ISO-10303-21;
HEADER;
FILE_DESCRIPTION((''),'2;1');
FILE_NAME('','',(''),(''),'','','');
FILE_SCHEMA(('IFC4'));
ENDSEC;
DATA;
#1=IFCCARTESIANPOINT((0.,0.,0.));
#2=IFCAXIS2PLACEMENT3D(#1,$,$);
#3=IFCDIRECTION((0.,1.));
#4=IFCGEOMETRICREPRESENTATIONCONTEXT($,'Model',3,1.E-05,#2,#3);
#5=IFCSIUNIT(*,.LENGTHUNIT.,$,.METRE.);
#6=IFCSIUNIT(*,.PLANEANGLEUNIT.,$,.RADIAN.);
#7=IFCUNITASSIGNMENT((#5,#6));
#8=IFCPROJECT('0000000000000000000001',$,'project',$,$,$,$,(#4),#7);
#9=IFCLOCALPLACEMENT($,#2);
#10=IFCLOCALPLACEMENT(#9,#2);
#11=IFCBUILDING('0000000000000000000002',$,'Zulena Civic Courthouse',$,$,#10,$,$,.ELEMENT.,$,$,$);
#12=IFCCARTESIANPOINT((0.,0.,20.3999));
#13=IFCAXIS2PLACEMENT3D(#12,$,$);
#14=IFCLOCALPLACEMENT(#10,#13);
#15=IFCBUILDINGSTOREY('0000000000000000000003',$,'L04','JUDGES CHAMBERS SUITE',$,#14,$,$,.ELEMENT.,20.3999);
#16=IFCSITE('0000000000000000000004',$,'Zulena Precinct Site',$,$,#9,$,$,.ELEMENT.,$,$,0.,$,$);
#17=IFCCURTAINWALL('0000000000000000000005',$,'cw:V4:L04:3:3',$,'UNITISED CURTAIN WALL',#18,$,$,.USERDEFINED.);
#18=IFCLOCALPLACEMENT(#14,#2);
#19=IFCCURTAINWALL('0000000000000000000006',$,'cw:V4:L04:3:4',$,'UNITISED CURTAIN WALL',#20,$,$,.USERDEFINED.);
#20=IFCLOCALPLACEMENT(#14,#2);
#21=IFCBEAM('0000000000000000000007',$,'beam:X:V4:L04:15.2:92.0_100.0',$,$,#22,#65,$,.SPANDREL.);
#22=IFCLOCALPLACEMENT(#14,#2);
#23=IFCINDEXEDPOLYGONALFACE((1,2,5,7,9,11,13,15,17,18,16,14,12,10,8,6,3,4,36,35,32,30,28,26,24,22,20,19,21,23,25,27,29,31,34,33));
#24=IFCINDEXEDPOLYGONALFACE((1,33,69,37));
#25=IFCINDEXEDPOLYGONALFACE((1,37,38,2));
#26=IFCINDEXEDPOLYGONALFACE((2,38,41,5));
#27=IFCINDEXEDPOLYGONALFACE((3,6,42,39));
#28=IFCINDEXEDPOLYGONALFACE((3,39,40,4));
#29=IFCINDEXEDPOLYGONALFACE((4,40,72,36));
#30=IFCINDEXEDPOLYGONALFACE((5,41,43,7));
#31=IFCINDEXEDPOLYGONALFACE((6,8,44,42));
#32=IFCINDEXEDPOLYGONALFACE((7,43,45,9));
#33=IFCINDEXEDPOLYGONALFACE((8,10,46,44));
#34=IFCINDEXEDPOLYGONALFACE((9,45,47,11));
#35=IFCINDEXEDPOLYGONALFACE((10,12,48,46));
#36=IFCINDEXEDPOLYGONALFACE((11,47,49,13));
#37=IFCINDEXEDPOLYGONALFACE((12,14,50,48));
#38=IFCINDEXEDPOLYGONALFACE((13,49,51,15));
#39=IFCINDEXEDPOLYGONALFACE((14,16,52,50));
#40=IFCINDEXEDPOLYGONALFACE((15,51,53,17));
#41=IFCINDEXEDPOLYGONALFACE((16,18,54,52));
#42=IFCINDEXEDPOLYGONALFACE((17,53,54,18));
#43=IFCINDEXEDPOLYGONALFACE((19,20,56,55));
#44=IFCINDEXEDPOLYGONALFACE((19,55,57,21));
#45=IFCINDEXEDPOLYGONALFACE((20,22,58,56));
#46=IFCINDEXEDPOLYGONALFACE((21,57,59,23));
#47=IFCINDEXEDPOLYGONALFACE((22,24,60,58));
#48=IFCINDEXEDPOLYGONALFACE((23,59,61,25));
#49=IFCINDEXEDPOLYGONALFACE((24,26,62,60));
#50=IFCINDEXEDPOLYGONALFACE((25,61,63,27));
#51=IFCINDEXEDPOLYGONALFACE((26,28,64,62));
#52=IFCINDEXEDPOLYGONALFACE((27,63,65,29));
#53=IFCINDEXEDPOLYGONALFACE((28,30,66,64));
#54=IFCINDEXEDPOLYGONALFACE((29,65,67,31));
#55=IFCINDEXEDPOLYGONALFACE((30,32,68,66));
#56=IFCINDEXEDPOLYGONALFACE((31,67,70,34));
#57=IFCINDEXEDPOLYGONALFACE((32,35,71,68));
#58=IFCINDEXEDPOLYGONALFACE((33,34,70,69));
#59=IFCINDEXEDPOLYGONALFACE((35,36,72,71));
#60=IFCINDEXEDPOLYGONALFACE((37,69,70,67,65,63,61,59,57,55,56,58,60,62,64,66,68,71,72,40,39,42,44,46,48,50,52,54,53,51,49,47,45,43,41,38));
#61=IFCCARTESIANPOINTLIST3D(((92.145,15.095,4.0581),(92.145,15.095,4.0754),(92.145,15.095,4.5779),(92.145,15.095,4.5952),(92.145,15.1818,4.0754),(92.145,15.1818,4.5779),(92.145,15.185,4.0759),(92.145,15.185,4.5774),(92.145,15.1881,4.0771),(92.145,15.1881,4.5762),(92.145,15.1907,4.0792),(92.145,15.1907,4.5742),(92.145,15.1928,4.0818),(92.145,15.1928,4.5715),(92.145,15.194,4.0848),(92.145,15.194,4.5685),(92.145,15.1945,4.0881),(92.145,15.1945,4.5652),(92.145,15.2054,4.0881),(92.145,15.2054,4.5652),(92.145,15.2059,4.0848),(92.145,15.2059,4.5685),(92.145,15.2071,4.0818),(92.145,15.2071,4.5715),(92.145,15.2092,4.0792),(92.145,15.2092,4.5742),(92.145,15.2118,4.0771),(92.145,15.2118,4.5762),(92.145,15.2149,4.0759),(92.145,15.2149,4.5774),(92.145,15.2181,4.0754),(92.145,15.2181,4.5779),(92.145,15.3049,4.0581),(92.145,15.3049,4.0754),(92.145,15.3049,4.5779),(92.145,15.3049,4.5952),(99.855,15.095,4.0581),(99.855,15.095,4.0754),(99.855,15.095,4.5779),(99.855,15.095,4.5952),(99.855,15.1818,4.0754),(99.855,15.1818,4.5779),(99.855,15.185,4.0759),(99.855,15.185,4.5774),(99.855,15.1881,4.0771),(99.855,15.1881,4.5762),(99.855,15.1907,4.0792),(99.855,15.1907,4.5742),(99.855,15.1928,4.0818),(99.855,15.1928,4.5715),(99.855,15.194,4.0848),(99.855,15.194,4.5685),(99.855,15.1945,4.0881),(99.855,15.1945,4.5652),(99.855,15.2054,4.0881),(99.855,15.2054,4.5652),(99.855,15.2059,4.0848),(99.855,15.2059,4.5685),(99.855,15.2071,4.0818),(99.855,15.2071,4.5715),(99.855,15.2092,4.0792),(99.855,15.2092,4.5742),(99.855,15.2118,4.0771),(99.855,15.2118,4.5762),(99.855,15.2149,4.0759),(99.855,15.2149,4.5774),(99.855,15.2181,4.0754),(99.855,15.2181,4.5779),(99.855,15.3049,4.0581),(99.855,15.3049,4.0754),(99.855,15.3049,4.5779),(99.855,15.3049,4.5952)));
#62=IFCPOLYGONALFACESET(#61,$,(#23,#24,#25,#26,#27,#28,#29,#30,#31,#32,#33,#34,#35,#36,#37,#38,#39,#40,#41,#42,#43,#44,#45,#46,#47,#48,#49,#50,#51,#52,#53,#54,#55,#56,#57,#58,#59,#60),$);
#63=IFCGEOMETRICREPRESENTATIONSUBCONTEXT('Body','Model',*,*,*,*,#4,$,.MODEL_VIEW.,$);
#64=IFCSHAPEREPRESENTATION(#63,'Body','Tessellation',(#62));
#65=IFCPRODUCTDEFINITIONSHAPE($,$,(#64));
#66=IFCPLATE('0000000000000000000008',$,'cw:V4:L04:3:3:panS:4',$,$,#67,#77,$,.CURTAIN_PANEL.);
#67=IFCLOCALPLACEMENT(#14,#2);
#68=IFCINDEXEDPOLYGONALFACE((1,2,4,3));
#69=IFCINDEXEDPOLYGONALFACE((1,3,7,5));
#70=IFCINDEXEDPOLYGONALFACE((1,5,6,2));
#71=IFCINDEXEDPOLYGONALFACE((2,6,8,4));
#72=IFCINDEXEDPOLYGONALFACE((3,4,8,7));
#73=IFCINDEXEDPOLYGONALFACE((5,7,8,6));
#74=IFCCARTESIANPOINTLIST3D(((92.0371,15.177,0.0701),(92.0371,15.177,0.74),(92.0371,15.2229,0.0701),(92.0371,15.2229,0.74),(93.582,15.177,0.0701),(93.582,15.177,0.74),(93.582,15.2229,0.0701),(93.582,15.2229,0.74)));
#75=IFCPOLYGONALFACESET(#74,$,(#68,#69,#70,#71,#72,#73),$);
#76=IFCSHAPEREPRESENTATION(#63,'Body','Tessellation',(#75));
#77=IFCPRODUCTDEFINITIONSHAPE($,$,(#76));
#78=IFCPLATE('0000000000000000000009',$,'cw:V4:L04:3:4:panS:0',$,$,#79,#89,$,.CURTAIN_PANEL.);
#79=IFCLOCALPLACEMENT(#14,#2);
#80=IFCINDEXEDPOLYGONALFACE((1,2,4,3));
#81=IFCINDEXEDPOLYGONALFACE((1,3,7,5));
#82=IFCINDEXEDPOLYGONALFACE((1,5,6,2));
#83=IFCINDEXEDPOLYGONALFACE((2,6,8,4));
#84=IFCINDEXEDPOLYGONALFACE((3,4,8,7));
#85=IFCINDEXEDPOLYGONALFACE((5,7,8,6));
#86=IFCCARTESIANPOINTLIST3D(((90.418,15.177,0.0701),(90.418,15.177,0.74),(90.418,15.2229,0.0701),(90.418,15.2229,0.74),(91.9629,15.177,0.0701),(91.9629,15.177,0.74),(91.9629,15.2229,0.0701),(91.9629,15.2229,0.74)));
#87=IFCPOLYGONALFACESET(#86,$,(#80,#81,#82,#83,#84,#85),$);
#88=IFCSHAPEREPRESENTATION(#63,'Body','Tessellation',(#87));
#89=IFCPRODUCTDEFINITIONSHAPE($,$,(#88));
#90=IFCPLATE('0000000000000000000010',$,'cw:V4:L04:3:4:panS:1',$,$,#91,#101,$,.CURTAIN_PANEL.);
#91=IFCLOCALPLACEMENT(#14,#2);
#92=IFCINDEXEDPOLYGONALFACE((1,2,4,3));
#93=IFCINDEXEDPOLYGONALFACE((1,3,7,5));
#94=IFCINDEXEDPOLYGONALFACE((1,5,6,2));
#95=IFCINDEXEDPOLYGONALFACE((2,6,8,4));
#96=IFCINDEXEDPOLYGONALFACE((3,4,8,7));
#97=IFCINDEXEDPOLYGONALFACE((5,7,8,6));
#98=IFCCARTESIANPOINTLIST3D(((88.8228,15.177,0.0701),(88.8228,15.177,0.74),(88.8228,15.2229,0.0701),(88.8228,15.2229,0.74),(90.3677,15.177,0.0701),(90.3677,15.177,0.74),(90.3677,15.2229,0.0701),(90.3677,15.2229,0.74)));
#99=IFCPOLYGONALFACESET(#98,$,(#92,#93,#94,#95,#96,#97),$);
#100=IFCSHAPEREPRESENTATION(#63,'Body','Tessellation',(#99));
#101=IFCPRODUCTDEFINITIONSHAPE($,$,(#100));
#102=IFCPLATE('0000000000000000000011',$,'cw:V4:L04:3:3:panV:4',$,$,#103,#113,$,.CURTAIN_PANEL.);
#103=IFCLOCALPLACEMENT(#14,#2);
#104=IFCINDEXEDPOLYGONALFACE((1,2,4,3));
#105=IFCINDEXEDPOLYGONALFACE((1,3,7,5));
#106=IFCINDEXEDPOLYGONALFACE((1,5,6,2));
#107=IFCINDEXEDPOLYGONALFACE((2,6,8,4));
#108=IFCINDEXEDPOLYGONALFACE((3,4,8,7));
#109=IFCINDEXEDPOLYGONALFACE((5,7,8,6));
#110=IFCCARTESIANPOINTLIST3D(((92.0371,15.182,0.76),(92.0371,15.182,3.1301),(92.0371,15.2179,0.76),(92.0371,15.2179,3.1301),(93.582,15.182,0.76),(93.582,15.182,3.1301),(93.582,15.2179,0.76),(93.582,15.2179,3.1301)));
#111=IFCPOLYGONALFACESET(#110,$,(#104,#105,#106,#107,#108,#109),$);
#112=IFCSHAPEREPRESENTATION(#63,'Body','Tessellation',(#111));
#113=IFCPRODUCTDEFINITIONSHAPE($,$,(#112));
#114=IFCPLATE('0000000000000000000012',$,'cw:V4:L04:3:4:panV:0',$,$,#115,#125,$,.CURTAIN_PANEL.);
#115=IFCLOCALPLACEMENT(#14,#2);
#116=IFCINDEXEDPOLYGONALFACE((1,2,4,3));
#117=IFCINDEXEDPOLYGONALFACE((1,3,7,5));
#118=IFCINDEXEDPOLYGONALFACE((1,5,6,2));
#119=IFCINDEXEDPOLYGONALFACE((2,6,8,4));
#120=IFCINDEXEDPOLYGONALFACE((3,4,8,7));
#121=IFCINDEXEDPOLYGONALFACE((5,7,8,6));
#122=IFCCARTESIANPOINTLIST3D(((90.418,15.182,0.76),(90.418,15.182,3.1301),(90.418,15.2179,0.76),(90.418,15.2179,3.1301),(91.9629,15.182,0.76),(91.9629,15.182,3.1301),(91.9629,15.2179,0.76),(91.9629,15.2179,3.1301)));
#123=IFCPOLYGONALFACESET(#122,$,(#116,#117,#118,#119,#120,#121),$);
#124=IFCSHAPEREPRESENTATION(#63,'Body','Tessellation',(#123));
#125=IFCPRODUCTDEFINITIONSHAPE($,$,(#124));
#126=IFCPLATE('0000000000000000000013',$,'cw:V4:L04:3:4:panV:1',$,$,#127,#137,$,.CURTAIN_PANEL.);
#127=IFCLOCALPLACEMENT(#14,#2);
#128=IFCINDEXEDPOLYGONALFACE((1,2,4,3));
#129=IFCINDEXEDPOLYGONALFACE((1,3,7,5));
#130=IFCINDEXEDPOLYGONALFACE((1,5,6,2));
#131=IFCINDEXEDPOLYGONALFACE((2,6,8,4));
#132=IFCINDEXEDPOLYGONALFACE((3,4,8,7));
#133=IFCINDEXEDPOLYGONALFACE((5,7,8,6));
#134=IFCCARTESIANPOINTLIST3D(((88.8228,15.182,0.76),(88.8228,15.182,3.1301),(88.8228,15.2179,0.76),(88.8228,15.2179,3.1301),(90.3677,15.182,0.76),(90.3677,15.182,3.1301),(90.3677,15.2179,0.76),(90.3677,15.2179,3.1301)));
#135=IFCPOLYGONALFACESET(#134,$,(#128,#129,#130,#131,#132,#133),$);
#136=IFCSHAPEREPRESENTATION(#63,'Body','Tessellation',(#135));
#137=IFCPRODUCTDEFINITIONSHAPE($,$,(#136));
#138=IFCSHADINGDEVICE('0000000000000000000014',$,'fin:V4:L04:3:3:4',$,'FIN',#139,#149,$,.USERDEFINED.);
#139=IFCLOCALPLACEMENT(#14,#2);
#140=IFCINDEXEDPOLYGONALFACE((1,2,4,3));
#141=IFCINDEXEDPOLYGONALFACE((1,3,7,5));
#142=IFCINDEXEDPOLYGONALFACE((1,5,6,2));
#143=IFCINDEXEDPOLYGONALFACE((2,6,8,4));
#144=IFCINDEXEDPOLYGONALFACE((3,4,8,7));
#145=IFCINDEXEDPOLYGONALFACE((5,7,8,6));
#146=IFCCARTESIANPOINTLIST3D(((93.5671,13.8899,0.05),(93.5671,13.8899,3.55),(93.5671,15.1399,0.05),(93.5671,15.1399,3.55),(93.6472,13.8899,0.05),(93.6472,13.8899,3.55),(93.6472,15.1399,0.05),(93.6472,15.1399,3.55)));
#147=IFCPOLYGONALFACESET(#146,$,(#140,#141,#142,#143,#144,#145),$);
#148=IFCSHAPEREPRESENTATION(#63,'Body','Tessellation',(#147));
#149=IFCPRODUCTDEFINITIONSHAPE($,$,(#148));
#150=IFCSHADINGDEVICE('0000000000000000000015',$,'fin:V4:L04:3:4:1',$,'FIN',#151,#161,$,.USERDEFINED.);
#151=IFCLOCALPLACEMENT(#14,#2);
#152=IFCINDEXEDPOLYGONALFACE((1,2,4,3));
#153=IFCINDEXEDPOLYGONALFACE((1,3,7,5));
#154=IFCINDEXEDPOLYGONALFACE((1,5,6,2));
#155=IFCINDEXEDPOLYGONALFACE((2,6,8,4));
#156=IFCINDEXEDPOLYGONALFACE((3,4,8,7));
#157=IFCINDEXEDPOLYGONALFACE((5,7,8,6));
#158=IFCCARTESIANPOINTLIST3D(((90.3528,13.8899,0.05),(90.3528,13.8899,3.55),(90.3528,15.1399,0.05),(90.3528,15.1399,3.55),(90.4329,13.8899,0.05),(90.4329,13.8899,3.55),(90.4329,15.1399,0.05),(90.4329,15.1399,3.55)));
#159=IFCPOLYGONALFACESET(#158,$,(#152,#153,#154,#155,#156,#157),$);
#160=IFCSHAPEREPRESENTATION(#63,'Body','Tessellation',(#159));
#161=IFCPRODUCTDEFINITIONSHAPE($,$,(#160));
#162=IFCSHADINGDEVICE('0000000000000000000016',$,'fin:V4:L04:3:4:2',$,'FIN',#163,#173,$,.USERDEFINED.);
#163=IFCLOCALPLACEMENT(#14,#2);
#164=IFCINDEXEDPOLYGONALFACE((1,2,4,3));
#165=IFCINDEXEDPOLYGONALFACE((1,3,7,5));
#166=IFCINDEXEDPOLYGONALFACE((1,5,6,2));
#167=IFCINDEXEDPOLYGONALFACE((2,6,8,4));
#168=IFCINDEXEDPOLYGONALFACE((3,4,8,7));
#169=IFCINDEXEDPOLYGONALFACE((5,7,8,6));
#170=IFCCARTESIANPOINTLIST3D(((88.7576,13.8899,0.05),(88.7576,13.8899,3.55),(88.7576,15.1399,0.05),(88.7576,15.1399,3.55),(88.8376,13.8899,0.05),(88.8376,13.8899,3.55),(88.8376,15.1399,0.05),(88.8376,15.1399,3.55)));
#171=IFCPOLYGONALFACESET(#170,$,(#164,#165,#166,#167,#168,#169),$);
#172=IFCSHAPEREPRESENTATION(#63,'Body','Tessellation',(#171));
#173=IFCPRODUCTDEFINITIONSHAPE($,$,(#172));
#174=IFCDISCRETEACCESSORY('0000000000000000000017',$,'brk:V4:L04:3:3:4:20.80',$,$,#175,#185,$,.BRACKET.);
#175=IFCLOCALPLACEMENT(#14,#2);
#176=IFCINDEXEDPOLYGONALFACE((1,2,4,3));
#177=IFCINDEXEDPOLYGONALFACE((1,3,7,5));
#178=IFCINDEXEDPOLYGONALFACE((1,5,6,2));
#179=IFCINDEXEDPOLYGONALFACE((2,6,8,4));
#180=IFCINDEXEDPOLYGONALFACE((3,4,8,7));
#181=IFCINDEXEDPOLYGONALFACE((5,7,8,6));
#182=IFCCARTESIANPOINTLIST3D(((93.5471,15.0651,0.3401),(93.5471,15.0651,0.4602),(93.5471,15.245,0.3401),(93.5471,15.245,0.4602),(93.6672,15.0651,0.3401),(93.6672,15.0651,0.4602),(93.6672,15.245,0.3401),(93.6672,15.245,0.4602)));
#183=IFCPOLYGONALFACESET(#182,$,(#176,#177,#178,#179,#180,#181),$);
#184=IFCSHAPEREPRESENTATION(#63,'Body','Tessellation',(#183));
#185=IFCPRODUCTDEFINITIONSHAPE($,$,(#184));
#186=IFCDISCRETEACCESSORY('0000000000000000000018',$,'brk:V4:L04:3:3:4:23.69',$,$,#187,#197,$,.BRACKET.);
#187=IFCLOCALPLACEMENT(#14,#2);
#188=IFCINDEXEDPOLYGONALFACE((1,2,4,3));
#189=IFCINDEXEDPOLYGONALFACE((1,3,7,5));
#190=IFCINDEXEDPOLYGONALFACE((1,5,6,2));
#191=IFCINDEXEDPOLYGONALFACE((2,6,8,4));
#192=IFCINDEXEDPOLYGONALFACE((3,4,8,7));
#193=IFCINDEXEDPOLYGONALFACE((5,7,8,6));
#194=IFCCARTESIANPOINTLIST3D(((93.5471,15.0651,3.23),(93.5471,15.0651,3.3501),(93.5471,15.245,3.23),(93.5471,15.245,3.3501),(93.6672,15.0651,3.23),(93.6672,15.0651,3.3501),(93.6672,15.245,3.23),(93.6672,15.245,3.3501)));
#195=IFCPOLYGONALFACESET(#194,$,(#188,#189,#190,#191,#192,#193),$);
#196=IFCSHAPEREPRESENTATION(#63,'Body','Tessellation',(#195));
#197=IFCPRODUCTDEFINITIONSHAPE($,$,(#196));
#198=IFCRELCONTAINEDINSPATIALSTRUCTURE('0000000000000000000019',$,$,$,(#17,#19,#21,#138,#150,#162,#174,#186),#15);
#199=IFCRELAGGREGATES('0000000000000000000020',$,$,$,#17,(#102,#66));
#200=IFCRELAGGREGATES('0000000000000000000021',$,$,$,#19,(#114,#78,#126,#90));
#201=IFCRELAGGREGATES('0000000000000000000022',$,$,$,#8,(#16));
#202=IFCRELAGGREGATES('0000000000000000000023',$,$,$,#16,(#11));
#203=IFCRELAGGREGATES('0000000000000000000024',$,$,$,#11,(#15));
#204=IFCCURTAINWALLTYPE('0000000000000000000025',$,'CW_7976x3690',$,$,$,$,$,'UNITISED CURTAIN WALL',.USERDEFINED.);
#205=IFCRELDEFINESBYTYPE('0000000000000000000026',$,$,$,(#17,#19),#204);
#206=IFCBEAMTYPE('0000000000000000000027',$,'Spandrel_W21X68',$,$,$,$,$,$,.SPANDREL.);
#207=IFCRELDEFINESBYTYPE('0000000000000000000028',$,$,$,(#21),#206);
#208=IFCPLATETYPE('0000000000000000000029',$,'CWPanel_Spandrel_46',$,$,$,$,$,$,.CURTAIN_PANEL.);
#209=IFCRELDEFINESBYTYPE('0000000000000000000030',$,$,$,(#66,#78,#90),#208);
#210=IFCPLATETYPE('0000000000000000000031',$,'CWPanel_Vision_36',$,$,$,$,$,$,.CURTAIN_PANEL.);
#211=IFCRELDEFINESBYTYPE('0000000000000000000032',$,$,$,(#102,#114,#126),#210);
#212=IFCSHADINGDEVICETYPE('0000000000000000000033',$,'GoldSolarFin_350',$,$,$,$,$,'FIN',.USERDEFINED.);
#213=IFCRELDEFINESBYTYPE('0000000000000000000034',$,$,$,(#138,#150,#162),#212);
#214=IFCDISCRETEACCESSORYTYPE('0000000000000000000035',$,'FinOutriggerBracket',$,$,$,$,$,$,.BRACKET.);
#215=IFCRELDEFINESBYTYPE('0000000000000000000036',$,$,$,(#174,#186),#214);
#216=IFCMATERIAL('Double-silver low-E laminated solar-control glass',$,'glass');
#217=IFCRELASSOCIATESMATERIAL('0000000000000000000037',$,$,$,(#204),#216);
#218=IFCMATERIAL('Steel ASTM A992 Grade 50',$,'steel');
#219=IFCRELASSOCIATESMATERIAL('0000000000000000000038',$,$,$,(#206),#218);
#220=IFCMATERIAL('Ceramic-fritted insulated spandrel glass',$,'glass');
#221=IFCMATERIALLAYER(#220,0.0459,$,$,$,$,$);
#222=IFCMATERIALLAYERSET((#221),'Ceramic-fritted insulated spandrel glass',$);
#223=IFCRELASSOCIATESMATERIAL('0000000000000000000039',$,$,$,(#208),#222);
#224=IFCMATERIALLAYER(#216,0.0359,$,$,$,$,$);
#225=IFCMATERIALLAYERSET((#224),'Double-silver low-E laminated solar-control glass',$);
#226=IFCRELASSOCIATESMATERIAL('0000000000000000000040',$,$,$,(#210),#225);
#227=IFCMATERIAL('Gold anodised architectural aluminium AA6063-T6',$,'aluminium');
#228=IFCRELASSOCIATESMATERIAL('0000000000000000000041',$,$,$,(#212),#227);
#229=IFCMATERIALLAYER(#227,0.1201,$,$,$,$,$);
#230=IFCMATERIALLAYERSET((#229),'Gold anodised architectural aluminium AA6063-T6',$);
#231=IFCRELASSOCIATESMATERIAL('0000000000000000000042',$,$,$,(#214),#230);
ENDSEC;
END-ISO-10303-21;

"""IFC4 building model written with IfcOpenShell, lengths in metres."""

from ifc_helpers import new_model, si_unit, direction, frame, origin, origin_2d, place, context, subcontext, project, spatial, rectangle, i_section, extrude, material, layer, layer_set, material_profile, profile_set, type_object, element, aggregate, save


model = new_model("IFC4")

# Units and contexts
model_context = context("Model", 3, precision=1e-05, world=origin(), true_north=direction((0.0, 1.0)))
body_context = subcontext(model_context, "Body", "Model", "MODEL_VIEW")
ifc_project = project(units=[si_unit("LENGTHUNIT", "METRE"), si_unit("PLANEANGLEUNIT", "RADIAN")], contexts=[model_context])

# Site, building, storey
site_placement = place(None, origin())
site = spatial("IfcSite", under=ifc_project, at=site_placement, Name="Zulena Precinct Site", CompositionType="ELEMENT", RefElevation=0.0)
building_placement = place(site_placement, origin())
building = spatial("IfcBuilding", under=site, at=building_placement, Name="Zulena Civic Courthouse", CompositionType="ELEMENT")
storey_placement = place(building_placement, frame((0.0, 0.0, 20.3999)))
storey = spatial("IfcBuildingStorey", under=building, at=storey_placement, Name="L04", Description="JUDGES CHAMBERS SUITE", CompositionType="ELEMENT", Elevation=20.3999)

# Shared definitions
ifc_material_1 = material(Name="Steel ASTM A992 Grade 50", Category="steel")

# Curtain walls
ifc_material_2 = material(Name="Double-silver low-E laminated solar-control glass", Category="glass")
curtain_wall_type = type_object("IfcCurtainWallType", Name="CW_7976x3690", ElementType="UNITISED CURTAIN WALL", PredefinedType="USERDEFINED", material=ifc_material_2)
curtain_wall_1_placement = place(storey_placement, origin())
curtain_wall_1 = element("IfcCurtainWall", 1, at=curtain_wall_1_placement, inside=storey, type_object=curtain_wall_type, Name="cw:V4:L04:3:3", ObjectType="UNITISED CURTAIN WALL", PredefinedType="USERDEFINED")
curtain_wall_2_placement = place(storey_placement, origin())
curtain_wall_2 = element("IfcCurtainWall", 2, at=curtain_wall_2_placement, inside=storey, type_object=curtain_wall_type, Name="cw:V4:L04:3:4", ObjectType="UNITISED CURTAIN WALL", PredefinedType="USERDEFINED")

# Beam
ifc_material_profile_1 = material_profile(ifc_material_1, i_section(OverallWidth=0.21, OverallDepth=0.5371, WebThickness=0.011, FlangeThickness=0.0173, FilletRadius=0.0127, at=origin_2d()), Name="W21X68")
ifc_profile_set_1 = profile_set([ifc_material_profile_1], Name="Steel ASTM A992 Grade 50")
beam_type_1 = type_object("IfcBeamType", Name="Spandrel_W21X68", PredefinedType="SPANDREL", material=ifc_profile_set_1)
beam_1_placement = place(storey_placement, frame((92.145, 15.2, 4.3267), z_axis=(1.0, 0.0, 0.0), x_axis=(0.0, 1.0, 0.0)))
element("IfcBeam", 3, at=beam_1_placement, inside=storey, type_object=beam_type_1, Name="beam:X:V4:L04:15.2:92.0_100.0", PredefinedType="SPANDREL", context=body_context, shape_type="SweptSolid", body=[
    extrude(i_section(OverallWidth=0.21, OverallDepth=0.5371, WebThickness=0.011, FlangeThickness=0.0173, FilletRadius=0.0127, at=origin_2d()), origin(), (0.0, 0.0, 1.0), 7.71),
])

# Plates
ifc_material_3 = material(Name="Ceramic-fritted insulated spandrel glass", Category="glass")
ifc_layer_1 = layer(ifc_material_3, 0.0459)
ifc_layer_set_1 = layer_set([ifc_layer_1], Name="Ceramic-fritted insulated spandrel glass")
plate_type_1 = type_object("IfcPlateType", Name="CWPanel_Spandrel_46", PredefinedType="CURTAIN_PANEL", material=ifc_layer_set_1)
plate_1_placement = place(storey_placement, frame((92.8096, 15.2, 0.0701), z_axis=(0.0, 0.0, 1.0), x_axis=(-1.0, 0.0, 0.0)))
plate_1 = element("IfcPlate", 4, at=plate_1_placement, type_object=plate_type_1, Name="cw:V4:L04:3:3:panS:4", PredefinedType="CURTAIN_PANEL", context=body_context, shape_type="SweptSolid", body=[
    extrude(rectangle(XDim=1.5449, YDim=0.0459, at=origin_2d()), origin(), (0.0, 0.0, 1.0), 0.6699),
])
plate_2_placement = place(storey_placement, frame((91.1904, 15.2, 0.0701), z_axis=(0.0, 0.0, 1.0), x_axis=(-1.0, 0.0, 0.0)))
plate_2 = element("IfcPlate", 5, at=plate_2_placement, type_object=plate_type_1, Name="cw:V4:L04:3:4:panS:0", PredefinedType="CURTAIN_PANEL", context=body_context, shape_type="SweptSolid", body=[
    extrude(rectangle(XDim=1.5449, YDim=0.0459, at=origin_2d()), origin(), (0.0, 0.0, 1.0), 0.6699),
])
plate_3_placement = place(storey_placement, frame((89.5952, 15.2, 0.0701), z_axis=(0.0, 0.0, 1.0), x_axis=(-1.0, 0.0, 0.0)))
plate_3 = element("IfcPlate", 6, at=plate_3_placement, type_object=plate_type_1, Name="cw:V4:L04:3:4:panS:1", PredefinedType="CURTAIN_PANEL", context=body_context, shape_type="SweptSolid", body=[
    extrude(rectangle(XDim=1.5449, YDim=0.0459, at=origin_2d()), origin(), (0.0, 0.0, 1.0), 0.6699),
])
ifc_layer_2 = layer(ifc_material_2, 0.0359)
ifc_layer_set_2 = layer_set([ifc_layer_2], Name="Double-silver low-E laminated solar-control glass")
plate_type_2 = type_object("IfcPlateType", Name="CWPanel_Vision_36", PredefinedType="CURTAIN_PANEL", material=ifc_layer_set_2)
plate_4_placement = place(storey_placement, frame((92.8096, 15.2, 0.76), z_axis=(0.0, 0.0, 1.0), x_axis=(-1.0, 0.0, 0.0)))
plate_4 = element("IfcPlate", 7, at=plate_4_placement, type_object=plate_type_2, Name="cw:V4:L04:3:3:panV:4", PredefinedType="CURTAIN_PANEL", context=body_context, shape_type="SweptSolid", body=[
    extrude(rectangle(XDim=1.5449, YDim=0.0359, at=origin_2d()), origin(), (0.0, 0.0, 1.0), 2.3701),
])
aggregate(curtain_wall_1, [plate_4, plate_1])
plate_5_placement = place(storey_placement, frame((91.1904, 15.2, 0.76), z_axis=(0.0, 0.0, 1.0), x_axis=(-1.0, 0.0, 0.0)))
plate_5 = element("IfcPlate", 8, at=plate_5_placement, type_object=plate_type_2, Name="cw:V4:L04:3:4:panV:0", PredefinedType="CURTAIN_PANEL", context=body_context, shape_type="SweptSolid", body=[
    extrude(rectangle(XDim=1.5449, YDim=0.0359, at=origin_2d()), origin(), (0.0, 0.0, 1.0), 2.3701),
])
plate_6_placement = place(storey_placement, frame((89.5952, 15.2, 0.76), z_axis=(0.0, 0.0, 1.0), x_axis=(-1.0, 0.0, 0.0)))
plate_6 = element("IfcPlate", 9, at=plate_6_placement, type_object=plate_type_2, Name="cw:V4:L04:3:4:panV:1", PredefinedType="CURTAIN_PANEL", context=body_context, shape_type="SweptSolid", body=[
    extrude(rectangle(XDim=1.5449, YDim=0.0359, at=origin_2d()), origin(), (0.0, 0.0, 1.0), 2.3701),
])
aggregate(curtain_wall_2, [plate_5, plate_2, plate_6, plate_3])

# Shading devices
ifc_material_4 = material(Name="Gold anodised architectural aluminium AA6063-T6", Category="aluminium")
shading_device_type = type_object("IfcShadingDeviceType", Name="GoldSolarFin_350", ElementType="FIN", PredefinedType="USERDEFINED", material=ifc_material_4)
for number, where, z_axis, x_axis, name in (
    (10, (93.6072, 14.5149, 0.05), (0.0, 0.0, 1.0), (0.0, -1.0, 0.0), "fin:V4:L04:3:3:4"),
    (11, (90.3928, 14.5149, 0.05), (0.0, 0.0, 1.0), (0.0, -1.0, 0.0), "fin:V4:L04:3:4:1"),
    (12, (88.7976, 14.5149, 0.05), (0.0, 0.0, 1.0), (0.0, -1.0, 0.0), "fin:V4:L04:3:4:2"),
):
    element("IfcShadingDevice", number, at=place(storey_placement, frame(where, z_axis=z_axis, x_axis=x_axis)), inside=storey, type_object=shading_device_type, Name=name, ObjectType="FIN", PredefinedType="USERDEFINED", context=body_context, shape_type="SweptSolid", body=[
        extrude(rectangle(XDim=1.25, YDim=0.0801, at=origin_2d()), origin(), (0.0, 0.0, 1.0), 3.5),
    ])

# Discrete accessories
ifc_layer_3 = layer(ifc_material_4, 0.1201)
ifc_layer_set_3 = layer_set([ifc_layer_3], Name="Gold anodised architectural aluminium AA6063-T6")
discrete_accessory_type = type_object("IfcDiscreteAccessoryType", Name="FinOutriggerBracket", PredefinedType="BRACKET", material=ifc_layer_set_3)
for number, where, z_axis, x_axis, name in (
    (13, (93.6072, 15.155, 0.3401), (0.0, 0.0, 1.0), (0.0, -1.0, 0.0), "brk:V4:L04:3:3:4:20.80"),
    (14, (93.6072, 15.155, 3.23), (0.0, 0.0, 1.0), (0.0, -1.0, 0.0), "brk:V4:L04:3:3:4:23.69"),
):
    element("IfcDiscreteAccessory", number, at=place(storey_placement, frame(where, z_axis=z_axis, x_axis=x_axis)), inside=storey, type_object=discrete_accessory_type, Name=name, PredefinedType="BRACKET", context=body_context, shape_type="SweptSolid", body=[
        extrude(rectangle(XDim=0.1799, YDim=0.1201, at=origin_2d()), origin(), (0.0, 0.0, 1.0), 0.1201),
    ])

save(model, "model.ifc")
